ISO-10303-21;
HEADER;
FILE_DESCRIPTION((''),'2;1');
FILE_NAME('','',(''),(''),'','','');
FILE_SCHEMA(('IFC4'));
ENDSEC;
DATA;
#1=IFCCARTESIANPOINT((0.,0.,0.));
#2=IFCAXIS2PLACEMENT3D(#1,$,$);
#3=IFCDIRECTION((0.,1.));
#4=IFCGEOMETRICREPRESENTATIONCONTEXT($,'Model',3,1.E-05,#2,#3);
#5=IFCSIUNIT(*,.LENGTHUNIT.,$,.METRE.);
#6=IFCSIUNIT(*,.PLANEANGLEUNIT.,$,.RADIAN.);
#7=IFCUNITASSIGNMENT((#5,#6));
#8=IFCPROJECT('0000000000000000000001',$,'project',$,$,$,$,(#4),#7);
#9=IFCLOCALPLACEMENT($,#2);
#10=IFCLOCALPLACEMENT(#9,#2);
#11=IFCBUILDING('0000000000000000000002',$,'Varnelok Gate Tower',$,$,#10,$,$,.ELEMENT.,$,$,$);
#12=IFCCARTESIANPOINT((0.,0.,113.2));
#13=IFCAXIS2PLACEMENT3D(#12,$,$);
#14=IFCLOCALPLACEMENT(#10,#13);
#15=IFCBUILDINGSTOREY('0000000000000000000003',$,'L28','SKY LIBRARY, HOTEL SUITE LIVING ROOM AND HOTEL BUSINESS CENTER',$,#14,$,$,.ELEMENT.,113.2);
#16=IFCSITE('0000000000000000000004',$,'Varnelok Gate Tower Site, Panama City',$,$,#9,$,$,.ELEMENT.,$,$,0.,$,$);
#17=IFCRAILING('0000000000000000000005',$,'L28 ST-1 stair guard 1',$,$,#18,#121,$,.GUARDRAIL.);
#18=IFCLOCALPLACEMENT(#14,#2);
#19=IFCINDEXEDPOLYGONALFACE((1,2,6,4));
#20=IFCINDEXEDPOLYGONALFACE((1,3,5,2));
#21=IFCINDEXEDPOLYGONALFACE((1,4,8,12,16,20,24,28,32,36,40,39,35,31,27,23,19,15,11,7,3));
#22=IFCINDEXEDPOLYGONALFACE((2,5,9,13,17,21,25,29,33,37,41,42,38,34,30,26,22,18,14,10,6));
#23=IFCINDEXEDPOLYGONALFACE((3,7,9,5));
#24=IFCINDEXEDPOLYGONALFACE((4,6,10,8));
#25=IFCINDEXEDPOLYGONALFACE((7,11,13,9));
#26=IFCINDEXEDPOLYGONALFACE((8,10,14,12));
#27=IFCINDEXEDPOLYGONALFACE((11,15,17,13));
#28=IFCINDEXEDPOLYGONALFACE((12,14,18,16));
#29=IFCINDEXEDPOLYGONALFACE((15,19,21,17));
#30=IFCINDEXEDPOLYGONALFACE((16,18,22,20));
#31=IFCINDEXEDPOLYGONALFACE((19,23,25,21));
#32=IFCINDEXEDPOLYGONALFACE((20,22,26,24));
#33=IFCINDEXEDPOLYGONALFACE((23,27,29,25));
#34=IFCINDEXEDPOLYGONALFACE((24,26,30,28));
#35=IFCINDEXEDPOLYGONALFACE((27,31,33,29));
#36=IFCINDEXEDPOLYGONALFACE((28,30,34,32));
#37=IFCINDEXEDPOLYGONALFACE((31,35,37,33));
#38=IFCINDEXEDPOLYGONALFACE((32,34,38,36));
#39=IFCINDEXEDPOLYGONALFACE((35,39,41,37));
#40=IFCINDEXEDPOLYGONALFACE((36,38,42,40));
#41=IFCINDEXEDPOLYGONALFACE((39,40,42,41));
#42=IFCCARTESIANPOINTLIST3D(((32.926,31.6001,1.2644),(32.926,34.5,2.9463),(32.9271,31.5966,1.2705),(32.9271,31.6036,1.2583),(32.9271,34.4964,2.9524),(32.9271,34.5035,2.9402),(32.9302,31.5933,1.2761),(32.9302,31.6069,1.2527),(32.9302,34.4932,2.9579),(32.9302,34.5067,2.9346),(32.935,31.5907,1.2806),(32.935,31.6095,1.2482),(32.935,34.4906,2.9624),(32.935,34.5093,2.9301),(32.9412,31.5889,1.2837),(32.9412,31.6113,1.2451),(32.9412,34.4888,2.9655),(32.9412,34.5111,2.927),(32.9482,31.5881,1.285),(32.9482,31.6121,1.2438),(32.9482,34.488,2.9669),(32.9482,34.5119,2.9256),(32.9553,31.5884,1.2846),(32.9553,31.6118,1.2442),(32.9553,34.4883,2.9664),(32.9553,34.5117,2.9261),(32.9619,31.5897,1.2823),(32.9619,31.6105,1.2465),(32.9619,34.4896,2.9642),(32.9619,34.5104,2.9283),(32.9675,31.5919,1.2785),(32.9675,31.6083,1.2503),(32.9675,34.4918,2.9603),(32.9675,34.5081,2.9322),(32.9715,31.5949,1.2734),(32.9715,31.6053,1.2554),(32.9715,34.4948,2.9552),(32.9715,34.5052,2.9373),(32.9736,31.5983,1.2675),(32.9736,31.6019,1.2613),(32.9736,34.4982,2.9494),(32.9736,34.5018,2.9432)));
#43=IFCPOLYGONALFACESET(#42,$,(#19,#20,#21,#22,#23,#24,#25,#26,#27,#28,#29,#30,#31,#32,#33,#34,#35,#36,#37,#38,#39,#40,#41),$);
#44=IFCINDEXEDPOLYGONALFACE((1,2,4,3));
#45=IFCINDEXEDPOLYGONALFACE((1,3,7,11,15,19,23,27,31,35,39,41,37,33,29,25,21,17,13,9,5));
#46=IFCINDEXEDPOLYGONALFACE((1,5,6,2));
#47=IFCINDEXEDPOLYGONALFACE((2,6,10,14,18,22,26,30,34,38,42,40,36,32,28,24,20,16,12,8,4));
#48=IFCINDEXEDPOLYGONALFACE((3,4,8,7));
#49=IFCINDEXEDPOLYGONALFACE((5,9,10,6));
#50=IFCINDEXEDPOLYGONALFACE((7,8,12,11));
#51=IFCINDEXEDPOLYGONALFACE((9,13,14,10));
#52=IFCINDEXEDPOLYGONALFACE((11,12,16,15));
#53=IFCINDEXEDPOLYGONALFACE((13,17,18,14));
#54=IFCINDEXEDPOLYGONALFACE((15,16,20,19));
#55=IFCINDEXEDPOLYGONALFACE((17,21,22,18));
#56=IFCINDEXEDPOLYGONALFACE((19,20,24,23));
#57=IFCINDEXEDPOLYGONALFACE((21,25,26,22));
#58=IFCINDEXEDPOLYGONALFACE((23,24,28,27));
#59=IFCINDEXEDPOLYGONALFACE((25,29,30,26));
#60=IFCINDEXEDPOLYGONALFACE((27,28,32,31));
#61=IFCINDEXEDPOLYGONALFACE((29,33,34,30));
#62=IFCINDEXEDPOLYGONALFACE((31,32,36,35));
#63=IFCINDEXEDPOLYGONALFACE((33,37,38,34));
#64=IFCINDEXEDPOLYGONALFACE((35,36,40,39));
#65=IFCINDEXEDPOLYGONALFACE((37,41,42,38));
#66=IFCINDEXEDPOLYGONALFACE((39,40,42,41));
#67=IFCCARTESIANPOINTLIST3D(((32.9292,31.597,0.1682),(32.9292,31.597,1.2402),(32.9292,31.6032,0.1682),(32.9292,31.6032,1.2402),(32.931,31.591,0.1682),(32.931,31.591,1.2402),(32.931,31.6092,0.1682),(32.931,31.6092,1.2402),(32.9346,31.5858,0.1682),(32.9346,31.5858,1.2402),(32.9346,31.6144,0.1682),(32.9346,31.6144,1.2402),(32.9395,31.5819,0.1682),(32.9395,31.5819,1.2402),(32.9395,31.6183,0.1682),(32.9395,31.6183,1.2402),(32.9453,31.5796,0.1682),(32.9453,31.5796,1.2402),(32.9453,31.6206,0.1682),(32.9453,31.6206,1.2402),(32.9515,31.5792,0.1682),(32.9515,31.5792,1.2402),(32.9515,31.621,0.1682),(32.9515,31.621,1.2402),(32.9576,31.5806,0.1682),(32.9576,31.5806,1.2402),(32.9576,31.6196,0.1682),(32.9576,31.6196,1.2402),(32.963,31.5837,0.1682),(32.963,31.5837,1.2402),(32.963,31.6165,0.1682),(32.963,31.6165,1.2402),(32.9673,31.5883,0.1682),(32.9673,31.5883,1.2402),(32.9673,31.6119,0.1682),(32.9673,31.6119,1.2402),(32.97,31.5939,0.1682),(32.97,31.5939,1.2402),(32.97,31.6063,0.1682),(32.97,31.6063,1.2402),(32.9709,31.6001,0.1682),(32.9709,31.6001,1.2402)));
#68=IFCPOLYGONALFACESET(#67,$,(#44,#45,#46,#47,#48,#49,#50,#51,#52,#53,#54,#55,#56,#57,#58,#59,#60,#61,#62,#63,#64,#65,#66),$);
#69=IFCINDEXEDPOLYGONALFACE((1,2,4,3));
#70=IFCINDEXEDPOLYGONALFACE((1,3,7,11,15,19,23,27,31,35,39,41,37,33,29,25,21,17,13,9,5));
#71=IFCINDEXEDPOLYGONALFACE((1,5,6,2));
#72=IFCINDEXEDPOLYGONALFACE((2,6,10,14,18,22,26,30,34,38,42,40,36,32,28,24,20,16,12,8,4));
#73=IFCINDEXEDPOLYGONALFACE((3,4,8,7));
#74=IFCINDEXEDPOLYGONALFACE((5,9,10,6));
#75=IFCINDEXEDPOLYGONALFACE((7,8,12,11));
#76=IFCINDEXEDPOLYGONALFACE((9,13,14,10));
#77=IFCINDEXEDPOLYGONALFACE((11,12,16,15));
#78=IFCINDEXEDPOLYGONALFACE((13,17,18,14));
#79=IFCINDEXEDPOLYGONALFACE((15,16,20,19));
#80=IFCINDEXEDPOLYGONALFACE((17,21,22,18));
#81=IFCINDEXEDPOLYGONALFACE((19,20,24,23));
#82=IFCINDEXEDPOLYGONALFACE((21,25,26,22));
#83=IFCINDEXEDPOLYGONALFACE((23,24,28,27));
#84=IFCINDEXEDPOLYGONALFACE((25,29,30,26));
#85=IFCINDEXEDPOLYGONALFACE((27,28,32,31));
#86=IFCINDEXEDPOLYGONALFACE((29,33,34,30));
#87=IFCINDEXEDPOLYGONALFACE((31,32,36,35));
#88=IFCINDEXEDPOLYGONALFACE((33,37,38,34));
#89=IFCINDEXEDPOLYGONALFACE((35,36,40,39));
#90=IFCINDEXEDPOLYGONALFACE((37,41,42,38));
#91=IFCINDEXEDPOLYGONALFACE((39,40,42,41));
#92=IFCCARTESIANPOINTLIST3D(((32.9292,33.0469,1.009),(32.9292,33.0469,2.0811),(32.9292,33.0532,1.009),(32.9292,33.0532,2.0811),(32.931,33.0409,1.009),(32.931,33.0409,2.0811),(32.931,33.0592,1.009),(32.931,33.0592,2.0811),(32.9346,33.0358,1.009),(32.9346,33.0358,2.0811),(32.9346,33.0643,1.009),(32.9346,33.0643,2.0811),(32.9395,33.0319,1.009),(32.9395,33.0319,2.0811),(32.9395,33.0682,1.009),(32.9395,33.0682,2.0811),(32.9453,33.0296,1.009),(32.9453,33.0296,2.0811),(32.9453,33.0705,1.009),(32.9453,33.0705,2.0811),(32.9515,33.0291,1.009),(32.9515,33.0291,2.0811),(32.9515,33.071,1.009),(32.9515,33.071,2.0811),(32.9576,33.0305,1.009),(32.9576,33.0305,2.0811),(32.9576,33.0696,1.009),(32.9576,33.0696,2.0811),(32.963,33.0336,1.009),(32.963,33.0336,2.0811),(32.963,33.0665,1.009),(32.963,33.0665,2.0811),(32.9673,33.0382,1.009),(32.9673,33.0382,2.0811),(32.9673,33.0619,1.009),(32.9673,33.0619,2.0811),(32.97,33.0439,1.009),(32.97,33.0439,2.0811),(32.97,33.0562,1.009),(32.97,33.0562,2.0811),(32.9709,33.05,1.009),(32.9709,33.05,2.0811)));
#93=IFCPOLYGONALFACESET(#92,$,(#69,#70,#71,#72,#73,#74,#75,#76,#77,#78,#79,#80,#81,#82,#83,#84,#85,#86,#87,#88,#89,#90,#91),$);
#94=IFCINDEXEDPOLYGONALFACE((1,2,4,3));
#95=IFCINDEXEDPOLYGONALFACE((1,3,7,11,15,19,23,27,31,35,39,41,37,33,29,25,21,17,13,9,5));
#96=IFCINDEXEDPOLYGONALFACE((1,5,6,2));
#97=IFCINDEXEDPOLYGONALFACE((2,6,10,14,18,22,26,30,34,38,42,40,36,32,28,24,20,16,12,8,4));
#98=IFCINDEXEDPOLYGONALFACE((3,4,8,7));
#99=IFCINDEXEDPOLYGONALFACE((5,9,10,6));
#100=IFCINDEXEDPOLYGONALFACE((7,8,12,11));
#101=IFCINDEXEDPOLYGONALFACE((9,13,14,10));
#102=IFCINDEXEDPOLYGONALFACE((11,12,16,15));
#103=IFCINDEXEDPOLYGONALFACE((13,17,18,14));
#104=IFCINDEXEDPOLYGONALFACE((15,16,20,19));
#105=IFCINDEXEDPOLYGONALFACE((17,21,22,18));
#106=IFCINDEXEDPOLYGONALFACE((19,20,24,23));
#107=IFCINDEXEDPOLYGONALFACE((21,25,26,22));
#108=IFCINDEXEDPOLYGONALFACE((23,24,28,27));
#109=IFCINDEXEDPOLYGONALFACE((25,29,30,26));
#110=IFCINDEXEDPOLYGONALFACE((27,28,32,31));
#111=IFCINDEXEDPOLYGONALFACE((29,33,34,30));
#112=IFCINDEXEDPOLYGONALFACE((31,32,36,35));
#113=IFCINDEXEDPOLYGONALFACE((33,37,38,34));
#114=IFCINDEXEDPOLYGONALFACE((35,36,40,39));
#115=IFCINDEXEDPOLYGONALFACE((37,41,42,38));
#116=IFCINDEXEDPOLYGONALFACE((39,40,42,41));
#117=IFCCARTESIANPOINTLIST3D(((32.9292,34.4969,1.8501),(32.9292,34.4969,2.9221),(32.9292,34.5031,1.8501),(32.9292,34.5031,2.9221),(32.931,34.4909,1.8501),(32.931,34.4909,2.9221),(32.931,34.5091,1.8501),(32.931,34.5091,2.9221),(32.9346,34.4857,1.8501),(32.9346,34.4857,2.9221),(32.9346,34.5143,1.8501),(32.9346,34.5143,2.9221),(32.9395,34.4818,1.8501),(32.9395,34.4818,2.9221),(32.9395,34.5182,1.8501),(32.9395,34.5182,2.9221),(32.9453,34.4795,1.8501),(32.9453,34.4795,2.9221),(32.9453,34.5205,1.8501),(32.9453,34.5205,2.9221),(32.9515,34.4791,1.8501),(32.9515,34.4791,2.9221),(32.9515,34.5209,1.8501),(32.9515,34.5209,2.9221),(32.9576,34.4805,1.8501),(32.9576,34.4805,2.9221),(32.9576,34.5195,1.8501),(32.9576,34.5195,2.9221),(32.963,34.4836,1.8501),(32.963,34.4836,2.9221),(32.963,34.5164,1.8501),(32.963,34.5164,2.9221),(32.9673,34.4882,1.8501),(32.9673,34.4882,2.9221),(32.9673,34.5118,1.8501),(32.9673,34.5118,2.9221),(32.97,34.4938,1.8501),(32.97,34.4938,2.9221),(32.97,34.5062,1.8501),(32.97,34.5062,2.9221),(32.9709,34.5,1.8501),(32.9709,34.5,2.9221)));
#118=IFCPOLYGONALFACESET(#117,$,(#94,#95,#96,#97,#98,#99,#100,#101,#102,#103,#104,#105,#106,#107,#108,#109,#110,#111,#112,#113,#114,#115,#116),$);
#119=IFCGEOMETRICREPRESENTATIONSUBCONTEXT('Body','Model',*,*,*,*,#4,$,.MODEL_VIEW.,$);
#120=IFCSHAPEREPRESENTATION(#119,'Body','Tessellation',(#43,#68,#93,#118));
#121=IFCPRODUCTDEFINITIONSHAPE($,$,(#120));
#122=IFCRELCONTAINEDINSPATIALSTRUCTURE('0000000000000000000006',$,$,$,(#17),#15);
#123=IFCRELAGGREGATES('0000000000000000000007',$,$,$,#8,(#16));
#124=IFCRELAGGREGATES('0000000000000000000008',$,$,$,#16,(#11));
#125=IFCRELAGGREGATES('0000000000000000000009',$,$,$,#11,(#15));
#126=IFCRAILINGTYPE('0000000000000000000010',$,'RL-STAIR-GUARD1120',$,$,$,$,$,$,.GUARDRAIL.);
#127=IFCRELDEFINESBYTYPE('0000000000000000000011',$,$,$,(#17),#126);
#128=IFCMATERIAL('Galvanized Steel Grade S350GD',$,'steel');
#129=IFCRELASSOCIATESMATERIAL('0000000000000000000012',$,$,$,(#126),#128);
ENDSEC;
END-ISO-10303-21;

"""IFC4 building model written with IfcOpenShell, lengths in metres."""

from ifc_helpers import new_model, si_unit, direction, frame, origin, origin_2d, place, context, subcontext, project, spatial, circle, extrude, material, type_object, element, save


model = new_model("IFC4")

# Units and contexts
model_context = context("Model", 3, precision=1e-05, world=origin(), true_north=direction((0.0, 1.0)))
body_context = subcontext(model_context, "Body", "Model", "MODEL_VIEW")
ifc_project = project(units=[si_unit("LENGTHUNIT", "METRE"), si_unit("PLANEANGLEUNIT", "RADIAN")], contexts=[model_context])

# Site, building, storey
site_placement = place(None, origin())
site = spatial("IfcSite", under=ifc_project, at=site_placement, Name="Varnelok Gate Tower Site, Panama City", CompositionType="ELEMENT", RefElevation=0.0)
building_placement = place(site_placement, origin())
building = spatial("IfcBuilding", under=site, at=building_placement, Name="Varnelok Gate Tower", CompositionType="ELEMENT")
storey_placement = place(building_placement, frame((0.0, 0.0, 113.2)))
storey = spatial("IfcBuildingStorey", under=building, at=storey_placement, Name="L28", Description="SKY LIBRARY, HOTEL SUITE LIVING ROOM AND HOTEL BUSINESS CENTER", CompositionType="ELEMENT", Elevation=113.2)

# Shared definitions
ifc_material_1 = material(Name="Galvanized Steel Grade S350GD", Category="steel")

# Railing
railing_type_1 = type_object("IfcRailingType", Name="RL-STAIR-GUARD1120", PredefinedType="GUARDRAIL", material=ifc_material_1)
railing_1_placement = place(storey_placement, frame((32.95, 31.6001, 0.1682)))
element("IfcRailing", 1, at=railing_1_placement, inside=storey, type_object=railing_type_1, Name="L28 ST-1 stair guard 1", PredefinedType="GUARDRAIL", context=body_context, shape_type="SweptSolid", body=[
    extrude(circle(Radius=0.0239, at=origin_2d()), frame((0.0, 0.0, 1.0962), z_axis=(0.0, 0.865039, 0.501705), x_axis=(-1.0, 0.0, 0.0)), (0.0, 0.0, 1.0), 3.3523),
    extrude(circle(Radius=0.021, at=origin_2d()), origin(), (0.0, 0.0, 1.0), 1.072),
    extrude(circle(Radius=0.021, at=origin_2d()), frame((0.0, 1.45, 0.8408)), (0.0, 0.0, 1.0), 1.072),
    extrude(circle(Radius=0.021, at=origin_2d()), frame((0.0, 2.8999, 1.6819)), (0.0, 0.0, 1.0), 1.072),
])

save(model, "model.ifc")
